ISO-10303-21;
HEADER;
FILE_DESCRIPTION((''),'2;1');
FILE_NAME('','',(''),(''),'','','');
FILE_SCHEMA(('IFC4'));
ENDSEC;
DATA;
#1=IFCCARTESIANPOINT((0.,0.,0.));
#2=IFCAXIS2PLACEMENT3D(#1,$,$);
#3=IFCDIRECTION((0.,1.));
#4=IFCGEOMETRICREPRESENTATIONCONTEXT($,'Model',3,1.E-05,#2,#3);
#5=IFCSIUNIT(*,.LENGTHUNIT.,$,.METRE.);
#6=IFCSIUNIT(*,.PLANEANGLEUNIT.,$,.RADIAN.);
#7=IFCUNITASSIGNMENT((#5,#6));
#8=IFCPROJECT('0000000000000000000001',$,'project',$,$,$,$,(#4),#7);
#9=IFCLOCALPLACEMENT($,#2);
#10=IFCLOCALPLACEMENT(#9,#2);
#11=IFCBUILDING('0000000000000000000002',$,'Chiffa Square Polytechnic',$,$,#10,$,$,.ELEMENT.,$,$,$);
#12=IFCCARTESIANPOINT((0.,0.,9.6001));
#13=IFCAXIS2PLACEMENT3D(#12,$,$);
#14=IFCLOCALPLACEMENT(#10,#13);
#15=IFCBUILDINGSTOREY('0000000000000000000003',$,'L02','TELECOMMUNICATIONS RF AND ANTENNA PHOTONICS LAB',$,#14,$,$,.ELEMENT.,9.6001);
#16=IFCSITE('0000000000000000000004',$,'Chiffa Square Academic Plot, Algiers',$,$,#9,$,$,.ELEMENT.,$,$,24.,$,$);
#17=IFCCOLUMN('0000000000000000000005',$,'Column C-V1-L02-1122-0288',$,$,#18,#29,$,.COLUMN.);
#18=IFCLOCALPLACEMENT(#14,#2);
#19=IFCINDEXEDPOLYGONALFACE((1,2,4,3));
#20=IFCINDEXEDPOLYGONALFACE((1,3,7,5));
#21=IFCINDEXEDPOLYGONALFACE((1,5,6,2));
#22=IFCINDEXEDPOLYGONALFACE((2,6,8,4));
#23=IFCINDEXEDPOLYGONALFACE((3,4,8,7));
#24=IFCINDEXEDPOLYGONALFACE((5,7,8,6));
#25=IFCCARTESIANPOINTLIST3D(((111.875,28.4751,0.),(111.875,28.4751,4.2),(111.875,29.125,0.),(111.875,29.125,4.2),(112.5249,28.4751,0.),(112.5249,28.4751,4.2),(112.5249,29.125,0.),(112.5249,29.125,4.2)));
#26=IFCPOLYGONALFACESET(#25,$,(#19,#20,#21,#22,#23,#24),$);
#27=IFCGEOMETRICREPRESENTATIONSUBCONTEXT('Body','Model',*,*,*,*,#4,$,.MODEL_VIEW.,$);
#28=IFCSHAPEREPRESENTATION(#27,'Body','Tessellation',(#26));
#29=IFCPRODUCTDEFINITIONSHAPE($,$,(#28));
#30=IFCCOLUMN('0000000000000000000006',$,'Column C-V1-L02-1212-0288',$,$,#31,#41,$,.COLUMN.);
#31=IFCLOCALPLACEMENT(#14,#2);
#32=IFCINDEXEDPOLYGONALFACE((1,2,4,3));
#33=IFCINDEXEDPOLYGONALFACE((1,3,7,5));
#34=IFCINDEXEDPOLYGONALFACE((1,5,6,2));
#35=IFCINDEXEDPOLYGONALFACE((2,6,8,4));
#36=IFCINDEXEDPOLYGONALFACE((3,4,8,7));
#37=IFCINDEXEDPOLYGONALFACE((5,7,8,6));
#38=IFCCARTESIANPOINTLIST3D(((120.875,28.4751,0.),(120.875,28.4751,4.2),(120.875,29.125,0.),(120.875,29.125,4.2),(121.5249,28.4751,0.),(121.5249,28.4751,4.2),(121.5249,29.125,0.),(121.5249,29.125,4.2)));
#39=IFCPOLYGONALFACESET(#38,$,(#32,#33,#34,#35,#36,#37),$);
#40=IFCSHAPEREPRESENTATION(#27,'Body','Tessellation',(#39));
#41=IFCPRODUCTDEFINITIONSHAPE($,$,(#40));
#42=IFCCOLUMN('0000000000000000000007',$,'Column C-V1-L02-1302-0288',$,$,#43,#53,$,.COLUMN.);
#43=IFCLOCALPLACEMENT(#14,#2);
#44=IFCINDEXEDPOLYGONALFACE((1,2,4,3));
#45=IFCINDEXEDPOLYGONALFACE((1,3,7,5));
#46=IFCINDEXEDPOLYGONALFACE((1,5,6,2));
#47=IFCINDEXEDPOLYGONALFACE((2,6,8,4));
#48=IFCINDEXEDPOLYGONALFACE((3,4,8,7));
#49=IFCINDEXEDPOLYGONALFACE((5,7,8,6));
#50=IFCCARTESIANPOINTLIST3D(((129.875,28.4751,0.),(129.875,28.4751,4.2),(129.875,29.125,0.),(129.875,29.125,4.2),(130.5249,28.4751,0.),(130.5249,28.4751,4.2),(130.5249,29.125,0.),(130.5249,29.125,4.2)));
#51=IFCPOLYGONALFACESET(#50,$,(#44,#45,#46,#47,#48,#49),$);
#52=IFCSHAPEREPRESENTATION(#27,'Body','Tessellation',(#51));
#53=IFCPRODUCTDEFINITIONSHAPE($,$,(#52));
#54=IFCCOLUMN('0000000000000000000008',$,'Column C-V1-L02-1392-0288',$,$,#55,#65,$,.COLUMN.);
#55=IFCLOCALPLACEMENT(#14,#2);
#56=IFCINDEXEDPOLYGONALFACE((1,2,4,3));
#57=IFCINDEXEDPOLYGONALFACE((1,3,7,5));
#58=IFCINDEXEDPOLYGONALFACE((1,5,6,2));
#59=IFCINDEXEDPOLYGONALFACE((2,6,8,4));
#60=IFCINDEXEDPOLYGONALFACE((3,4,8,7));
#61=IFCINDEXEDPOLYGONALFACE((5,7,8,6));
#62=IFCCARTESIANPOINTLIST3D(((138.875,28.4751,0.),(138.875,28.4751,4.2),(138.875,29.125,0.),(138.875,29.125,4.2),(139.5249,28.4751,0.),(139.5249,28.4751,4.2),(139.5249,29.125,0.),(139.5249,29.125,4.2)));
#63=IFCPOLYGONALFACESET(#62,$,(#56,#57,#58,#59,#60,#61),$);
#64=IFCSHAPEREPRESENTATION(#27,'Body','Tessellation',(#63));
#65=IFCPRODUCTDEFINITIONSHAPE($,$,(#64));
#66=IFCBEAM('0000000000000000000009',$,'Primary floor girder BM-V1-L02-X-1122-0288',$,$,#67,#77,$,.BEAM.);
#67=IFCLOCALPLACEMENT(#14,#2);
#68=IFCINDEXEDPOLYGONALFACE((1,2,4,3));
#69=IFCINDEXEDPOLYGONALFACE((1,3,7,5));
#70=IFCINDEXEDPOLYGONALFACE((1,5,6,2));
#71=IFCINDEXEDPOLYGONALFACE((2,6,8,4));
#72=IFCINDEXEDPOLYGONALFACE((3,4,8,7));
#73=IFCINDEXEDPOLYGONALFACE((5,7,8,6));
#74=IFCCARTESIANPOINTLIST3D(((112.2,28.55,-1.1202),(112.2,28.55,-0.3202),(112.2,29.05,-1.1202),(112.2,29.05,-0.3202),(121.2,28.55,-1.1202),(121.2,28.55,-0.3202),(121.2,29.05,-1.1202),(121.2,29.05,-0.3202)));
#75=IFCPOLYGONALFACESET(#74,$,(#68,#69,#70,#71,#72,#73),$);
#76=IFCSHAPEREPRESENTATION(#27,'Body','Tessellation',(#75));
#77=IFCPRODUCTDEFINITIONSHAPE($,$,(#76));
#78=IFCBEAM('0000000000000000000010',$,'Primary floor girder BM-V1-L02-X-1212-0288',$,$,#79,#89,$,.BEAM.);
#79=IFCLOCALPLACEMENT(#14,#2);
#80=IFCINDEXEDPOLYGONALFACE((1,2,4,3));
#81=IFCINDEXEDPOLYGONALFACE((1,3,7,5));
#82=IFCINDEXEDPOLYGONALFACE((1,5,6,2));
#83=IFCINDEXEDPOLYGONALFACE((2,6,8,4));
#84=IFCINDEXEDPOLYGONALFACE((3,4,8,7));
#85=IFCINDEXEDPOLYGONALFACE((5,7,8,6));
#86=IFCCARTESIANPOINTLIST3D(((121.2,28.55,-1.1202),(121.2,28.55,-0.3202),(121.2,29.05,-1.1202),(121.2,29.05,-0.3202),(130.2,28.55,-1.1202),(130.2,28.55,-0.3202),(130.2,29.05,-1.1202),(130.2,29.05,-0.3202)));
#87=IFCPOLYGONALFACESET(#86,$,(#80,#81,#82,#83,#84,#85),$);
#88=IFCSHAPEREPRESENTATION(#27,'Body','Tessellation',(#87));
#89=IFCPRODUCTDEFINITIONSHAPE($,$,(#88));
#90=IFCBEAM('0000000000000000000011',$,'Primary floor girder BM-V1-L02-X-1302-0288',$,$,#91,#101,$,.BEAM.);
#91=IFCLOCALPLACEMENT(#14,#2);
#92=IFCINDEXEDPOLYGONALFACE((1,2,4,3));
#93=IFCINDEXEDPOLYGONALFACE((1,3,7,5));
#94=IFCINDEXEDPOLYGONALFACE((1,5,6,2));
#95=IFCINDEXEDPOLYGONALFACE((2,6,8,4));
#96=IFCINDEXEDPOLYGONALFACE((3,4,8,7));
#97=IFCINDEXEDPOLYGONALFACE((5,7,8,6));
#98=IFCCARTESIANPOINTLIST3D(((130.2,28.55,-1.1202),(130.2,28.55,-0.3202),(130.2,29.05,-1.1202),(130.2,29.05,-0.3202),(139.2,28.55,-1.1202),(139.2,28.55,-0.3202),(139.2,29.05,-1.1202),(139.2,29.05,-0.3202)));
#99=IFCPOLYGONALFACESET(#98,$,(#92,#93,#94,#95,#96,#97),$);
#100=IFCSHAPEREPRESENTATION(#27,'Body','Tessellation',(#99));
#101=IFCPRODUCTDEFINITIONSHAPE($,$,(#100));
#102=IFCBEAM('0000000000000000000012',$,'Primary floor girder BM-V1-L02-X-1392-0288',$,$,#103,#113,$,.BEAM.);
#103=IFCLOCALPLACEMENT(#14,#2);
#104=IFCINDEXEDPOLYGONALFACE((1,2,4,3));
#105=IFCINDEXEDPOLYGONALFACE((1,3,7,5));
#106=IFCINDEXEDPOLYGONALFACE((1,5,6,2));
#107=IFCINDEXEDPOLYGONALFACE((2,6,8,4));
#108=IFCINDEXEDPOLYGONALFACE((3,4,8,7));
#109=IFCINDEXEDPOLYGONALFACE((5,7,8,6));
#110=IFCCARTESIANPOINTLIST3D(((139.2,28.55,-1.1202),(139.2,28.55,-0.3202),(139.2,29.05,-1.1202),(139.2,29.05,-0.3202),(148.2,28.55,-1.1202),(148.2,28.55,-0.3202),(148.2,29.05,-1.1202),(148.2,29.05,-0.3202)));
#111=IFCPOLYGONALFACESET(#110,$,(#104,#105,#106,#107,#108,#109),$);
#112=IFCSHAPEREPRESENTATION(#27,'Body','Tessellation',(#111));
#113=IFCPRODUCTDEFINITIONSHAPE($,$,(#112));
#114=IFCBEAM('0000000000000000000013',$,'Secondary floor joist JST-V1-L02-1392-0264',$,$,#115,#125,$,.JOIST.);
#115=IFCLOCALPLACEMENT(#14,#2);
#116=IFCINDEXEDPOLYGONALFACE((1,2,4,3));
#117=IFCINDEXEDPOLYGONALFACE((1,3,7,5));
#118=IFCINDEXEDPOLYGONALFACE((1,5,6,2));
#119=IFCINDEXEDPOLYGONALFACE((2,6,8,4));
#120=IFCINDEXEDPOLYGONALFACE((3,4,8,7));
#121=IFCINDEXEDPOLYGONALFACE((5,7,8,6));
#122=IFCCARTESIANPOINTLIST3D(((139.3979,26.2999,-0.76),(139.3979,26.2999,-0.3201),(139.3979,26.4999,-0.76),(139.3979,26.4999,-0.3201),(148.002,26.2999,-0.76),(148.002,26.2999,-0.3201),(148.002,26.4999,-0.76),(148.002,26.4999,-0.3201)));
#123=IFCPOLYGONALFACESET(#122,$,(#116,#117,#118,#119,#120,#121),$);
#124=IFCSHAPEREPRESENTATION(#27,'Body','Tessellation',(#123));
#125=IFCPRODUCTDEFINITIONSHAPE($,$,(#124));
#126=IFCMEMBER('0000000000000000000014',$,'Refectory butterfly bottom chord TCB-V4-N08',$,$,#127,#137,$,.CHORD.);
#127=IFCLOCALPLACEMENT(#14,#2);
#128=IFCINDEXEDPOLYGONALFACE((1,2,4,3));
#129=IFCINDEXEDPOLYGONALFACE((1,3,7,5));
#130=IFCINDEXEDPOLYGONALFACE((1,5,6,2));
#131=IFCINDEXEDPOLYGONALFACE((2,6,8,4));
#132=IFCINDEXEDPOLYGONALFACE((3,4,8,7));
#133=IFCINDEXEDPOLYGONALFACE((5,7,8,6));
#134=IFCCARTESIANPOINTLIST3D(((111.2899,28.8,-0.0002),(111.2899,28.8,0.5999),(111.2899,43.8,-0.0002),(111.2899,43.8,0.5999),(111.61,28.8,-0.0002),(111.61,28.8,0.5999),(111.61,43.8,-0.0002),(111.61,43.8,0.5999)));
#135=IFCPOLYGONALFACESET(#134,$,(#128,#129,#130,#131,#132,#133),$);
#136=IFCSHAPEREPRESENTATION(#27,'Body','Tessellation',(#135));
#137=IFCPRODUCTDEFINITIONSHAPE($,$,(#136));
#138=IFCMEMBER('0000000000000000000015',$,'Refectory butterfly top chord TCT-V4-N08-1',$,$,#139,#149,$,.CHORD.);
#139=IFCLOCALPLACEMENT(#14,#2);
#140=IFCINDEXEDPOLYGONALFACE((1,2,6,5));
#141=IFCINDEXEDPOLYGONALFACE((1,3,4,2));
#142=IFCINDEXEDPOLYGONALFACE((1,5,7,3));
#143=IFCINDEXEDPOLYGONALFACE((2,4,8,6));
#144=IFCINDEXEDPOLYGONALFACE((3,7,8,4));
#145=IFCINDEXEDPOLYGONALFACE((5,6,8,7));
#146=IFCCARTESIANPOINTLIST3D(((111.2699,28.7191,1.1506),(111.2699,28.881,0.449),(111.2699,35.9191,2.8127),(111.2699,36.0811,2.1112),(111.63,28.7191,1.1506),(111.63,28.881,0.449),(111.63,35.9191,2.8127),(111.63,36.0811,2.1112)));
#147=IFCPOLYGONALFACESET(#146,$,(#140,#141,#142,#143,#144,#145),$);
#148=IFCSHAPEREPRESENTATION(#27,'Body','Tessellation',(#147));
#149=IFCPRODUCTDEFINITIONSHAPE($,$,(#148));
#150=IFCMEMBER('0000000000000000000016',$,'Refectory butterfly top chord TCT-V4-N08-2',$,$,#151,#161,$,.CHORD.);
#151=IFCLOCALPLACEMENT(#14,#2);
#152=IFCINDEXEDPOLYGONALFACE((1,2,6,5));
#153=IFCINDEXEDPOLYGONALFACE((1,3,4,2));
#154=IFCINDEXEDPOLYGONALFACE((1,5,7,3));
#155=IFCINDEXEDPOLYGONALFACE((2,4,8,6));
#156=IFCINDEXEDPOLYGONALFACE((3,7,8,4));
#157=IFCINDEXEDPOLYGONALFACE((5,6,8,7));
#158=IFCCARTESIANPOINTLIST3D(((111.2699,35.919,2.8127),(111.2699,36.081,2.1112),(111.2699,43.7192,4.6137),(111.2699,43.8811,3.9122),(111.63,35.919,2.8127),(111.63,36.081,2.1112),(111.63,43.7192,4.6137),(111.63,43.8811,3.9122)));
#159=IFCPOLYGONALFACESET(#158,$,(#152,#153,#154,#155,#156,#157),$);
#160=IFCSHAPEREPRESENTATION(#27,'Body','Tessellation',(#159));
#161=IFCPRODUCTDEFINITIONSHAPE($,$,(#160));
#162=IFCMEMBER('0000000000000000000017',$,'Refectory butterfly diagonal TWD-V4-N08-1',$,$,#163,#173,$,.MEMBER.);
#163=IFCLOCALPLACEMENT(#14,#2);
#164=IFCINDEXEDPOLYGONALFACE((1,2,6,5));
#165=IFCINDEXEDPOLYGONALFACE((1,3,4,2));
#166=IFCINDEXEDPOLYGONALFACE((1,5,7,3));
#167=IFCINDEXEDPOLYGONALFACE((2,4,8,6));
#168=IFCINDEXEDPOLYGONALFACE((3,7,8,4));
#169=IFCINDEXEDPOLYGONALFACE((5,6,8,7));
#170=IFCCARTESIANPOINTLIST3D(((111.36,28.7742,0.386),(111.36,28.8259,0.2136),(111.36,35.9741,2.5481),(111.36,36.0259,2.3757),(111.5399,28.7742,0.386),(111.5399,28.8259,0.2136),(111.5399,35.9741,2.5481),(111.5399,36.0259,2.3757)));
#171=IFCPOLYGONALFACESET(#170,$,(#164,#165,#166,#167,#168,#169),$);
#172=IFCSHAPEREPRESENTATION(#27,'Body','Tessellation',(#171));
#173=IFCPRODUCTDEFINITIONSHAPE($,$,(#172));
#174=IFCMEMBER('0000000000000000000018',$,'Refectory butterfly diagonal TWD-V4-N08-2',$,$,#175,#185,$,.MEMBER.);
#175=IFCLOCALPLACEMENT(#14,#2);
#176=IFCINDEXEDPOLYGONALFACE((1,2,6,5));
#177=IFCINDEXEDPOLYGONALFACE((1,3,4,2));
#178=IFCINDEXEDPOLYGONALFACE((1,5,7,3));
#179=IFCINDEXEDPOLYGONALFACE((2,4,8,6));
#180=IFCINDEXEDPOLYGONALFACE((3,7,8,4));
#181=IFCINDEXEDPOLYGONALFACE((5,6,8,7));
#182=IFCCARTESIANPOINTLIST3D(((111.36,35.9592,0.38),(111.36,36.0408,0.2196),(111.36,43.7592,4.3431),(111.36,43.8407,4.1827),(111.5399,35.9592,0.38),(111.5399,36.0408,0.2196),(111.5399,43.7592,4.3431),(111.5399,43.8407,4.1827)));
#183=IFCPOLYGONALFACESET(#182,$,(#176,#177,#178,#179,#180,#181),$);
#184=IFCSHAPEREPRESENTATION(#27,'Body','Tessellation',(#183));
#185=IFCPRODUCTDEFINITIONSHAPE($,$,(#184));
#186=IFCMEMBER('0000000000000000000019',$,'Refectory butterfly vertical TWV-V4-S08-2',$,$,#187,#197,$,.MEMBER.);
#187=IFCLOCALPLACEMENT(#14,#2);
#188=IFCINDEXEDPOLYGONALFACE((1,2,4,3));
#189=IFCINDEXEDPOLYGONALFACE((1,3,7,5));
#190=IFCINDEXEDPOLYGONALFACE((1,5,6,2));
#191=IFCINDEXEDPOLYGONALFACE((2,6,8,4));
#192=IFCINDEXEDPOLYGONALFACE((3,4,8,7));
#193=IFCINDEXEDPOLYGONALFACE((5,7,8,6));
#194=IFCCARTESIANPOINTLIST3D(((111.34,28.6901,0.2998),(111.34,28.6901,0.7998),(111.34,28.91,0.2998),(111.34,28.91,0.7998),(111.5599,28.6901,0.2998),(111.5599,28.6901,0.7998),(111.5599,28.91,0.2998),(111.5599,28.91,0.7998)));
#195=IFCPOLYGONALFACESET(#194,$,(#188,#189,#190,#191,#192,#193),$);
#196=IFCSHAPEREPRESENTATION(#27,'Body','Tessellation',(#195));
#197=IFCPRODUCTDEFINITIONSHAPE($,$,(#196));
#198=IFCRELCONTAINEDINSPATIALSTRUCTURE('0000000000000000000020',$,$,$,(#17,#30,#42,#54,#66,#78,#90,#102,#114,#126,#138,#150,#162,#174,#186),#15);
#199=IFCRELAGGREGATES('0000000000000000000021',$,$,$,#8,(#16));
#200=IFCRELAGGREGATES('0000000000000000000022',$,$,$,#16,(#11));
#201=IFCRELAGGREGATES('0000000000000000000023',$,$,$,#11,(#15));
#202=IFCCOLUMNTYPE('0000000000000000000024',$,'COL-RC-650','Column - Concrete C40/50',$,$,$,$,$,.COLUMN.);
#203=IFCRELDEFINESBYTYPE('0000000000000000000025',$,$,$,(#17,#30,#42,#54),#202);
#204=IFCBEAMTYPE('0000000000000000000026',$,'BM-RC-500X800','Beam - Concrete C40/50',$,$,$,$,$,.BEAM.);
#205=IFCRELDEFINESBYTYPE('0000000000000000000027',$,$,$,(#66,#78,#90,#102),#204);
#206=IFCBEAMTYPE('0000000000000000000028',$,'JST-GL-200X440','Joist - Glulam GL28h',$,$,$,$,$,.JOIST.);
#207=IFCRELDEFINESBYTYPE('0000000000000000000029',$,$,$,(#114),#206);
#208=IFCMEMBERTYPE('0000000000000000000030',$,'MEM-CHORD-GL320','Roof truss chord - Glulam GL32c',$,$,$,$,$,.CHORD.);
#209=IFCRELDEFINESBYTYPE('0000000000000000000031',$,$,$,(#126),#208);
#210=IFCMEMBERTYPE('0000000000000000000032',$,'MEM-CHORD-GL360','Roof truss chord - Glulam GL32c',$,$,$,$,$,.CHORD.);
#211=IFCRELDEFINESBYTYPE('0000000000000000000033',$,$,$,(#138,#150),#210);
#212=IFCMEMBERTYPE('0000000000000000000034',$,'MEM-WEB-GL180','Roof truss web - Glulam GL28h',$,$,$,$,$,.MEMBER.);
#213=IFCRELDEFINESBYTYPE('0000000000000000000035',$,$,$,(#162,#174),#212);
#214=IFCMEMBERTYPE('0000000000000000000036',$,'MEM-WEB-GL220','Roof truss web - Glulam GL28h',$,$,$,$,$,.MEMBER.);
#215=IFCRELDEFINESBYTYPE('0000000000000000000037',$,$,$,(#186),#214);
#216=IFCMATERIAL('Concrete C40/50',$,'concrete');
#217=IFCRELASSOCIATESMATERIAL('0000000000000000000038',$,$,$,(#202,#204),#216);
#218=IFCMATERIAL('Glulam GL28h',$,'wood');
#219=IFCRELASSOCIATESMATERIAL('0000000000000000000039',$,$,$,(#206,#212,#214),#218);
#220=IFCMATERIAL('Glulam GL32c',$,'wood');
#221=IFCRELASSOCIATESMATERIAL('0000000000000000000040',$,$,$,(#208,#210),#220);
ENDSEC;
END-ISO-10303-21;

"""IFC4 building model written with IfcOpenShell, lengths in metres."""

from ifc_helpers import new_model, si_unit, direction, frame, origin, origin_2d, place, context, subcontext, project, spatial, rectangle, extrude, material, material_profile, profile_set, type_object, element, save


model = new_model("IFC4")

# Units and contexts
model_context = context("Model", 3, precision=1e-05, world=origin(), true_north=direction((0.0, 1.0)))
body_context = subcontext(model_context, "Body", "Model", "MODEL_VIEW")
ifc_project = project(units=[si_unit("LENGTHUNIT", "METRE"), si_unit("PLANEANGLEUNIT", "RADIAN")], contexts=[model_context])

# Site, building, storey
site_placement = place(None, origin())
site = spatial("IfcSite", under=ifc_project, at=site_placement, Name="Chiffa Square Academic Plot, Algiers", CompositionType="ELEMENT", RefElevation=24.0)
building_placement = place(site_placement, origin())
building = spatial("IfcBuilding", under=site, at=building_placement, Name="Chiffa Square Polytechnic", CompositionType="ELEMENT")
storey_placement = place(building_placement, frame((0.0, 0.0, 9.6001)))
storey = spatial("IfcBuildingStorey", under=building, at=storey_placement, Name="L02", Description="TELECOMMUNICATIONS RF AND ANTENNA PHOTONICS LAB", CompositionType="ELEMENT", Elevation=9.6001)

# Columns
ifc_material_1 = material(Name="Concrete C40/50", Category="concrete")
ifc_material_profile_1 = material_profile(ifc_material_1, rectangle(XDim=0.6499, YDim=0.6499, at=origin_2d()), Name="RC 650x650")
ifc_profile_set_1 = profile_set([ifc_material_profile_1], Name="Concrete C40/50")
column_type = type_object("IfcColumnType", Name="COL-RC-650", Description="Column - Concrete C40/50", PredefinedType="COLUMN", material=ifc_profile_set_1)
for number, where, z_axis, x_axis, name in (
    (1, (112.2, 28.8, 0.0), (0.0, 0.0, 1.0), (1.0, 0.0, 0.0), "Column C-V1-L02-1122-0288"),
    (2, (121.2, 28.8, 0.0), (0.0, 0.0, 1.0), (1.0, 0.0, 0.0), "Column C-V1-L02-1212-0288"),
    (3, (130.2, 28.8, 0.0), (0.0, 0.0, 1.0), (1.0, 0.0, 0.0), "Column C-V1-L02-1302-0288"),
    (4, (139.2, 28.8, 0.0), (0.0, 0.0, 1.0), (1.0, 0.0, 0.0), "Column C-V1-L02-1392-0288"),
):
    element("IfcColumn", number, at=place(storey_placement, frame(where, z_axis=z_axis, x_axis=x_axis)), inside=storey, type_object=column_type, Name=name, PredefinedType="COLUMN", context=body_context, shape_type="SweptSolid", body=[
        extrude(rectangle(XDim=0.6499, YDim=0.6499, at=origin_2d()), origin(), (0.0, 0.0, 1.0), 4.2),
    ])

# Beams
ifc_material_profile_2 = material_profile(ifc_material_1, rectangle(XDim=0.5, YDim=0.8, at=origin_2d()), Name="RC 500x800")
ifc_profile_set_2 = profile_set([ifc_material_profile_2], Name="Concrete C40/50")
beam_type_1 = type_object("IfcBeamType", Name="BM-RC-500X800", Description="Beam - Concrete C40/50", PredefinedType="BEAM", material=ifc_profile_set_2)
for number, where, z_axis, x_axis, name in (
    (5, (112.2, 28.8, -0.7202), (1.0, 0.0, 0.0), (0.0, 1.0, 0.0), "Primary floor girder BM-V1-L02-X-1122-0288"),
    (6, (121.2, 28.8, -0.7202), (1.0, 0.0, 0.0), (0.0, 1.0, 0.0), "Primary floor girder BM-V1-L02-X-1212-0288"),
    (7, (130.2, 28.8, -0.7202), (1.0, 0.0, 0.0), (0.0, 1.0, 0.0), "Primary floor girder BM-V1-L02-X-1302-0288"),
    (8, (139.2, 28.8, -0.7202), (1.0, 0.0, 0.0), (0.0, 1.0, 0.0), "Primary floor girder BM-V1-L02-X-1392-0288"),
):
    element("IfcBeam", number, at=place(storey_placement, frame(where, z_axis=z_axis, x_axis=x_axis)), inside=storey, type_object=beam_type_1, Name=name, PredefinedType="BEAM", context=body_context, shape_type="SweptSolid", body=[
        extrude(rectangle(XDim=0.5, YDim=0.8, at=origin_2d()), origin(), (0.0, 0.0, 1.0), 9.0),
    ])
ifc_material_2 = material(Name="Glulam GL28h", Category="wood")
ifc_material_profile_3 = material_profile(ifc_material_2, rectangle(XDim=0.2, YDim=0.4399, at=origin_2d()), Name="GL28h 200x440")
ifc_profile_set_3 = profile_set([ifc_material_profile_3], Name="Glulam GL28h")
beam_type_2 = type_object("IfcBeamType", Name="JST-GL-200X440", Description="Joist - Glulam GL28h", PredefinedType="JOIST", material=ifc_profile_set_3)
beam_placement = place(storey_placement, frame((139.3979, 26.3999, -0.54), z_axis=(1.0, 0.0, 0.0), x_axis=(0.0, 1.0, 0.0)))
element("IfcBeam", 9, at=beam_placement, inside=storey, type_object=beam_type_2, Name="Secondary floor joist JST-V1-L02-1392-0264", PredefinedType="JOIST", context=body_context, shape_type="SweptSolid", body=[
    extrude(rectangle(XDim=0.2, YDim=0.4399, at=origin_2d()), origin(), (0.0, 0.0, 1.0), 8.604),
])

# Members
ifc_material_3 = material(Name="Glulam GL32c", Category="wood")
ifc_material_profile_4 = material_profile(ifc_material_3, rectangle(XDim=0.3201, YDim=0.6001, at=origin_2d()), Name="GL32c 320x600")
ifc_profile_set_4 = profile_set([ifc_material_profile_4], Name="Glulam GL32c")
member_type_1 = type_object("IfcMemberType", Name="MEM-CHORD-GL320", Description="Roof truss chord - Glulam GL32c", PredefinedType="CHORD", material=ifc_profile_set_4)
member_1_placement = place(storey_placement, frame((111.45, 28.8, 0.2998), z_axis=(0.0, 1.0, 0.0), x_axis=(-1.0, 0.0, 0.0)))
element("IfcMember", 10, at=member_1_placement, inside=storey, type_object=member_type_1, Name="Refectory butterfly bottom chord TCB-V4-N08", PredefinedType="CHORD", context=body_context, shape_type="SweptSolid", body=[
    extrude(rectangle(XDim=0.3201, YDim=0.6001, at=origin_2d()), origin(), (0.0, 0.0, 1.0), 15.0),
])
ifc_material_profile_5 = material_profile(ifc_material_3, rectangle(XDim=0.3601, YDim=0.72, at=origin_2d()), Name="GL32c 360x720")
ifc_profile_set_5 = profile_set([ifc_material_profile_5], Name="Glulam GL32c")
member_type_2 = type_object("IfcMemberType", Name="MEM-CHORD-GL360", Description="Roof truss chord - Glulam GL32c", PredefinedType="CHORD", material=ifc_profile_set_5)
member_2_placement = place(storey_placement, frame((111.45, 28.8, 0.7998), z_axis=(0.0, 0.974374, 0.224934), x_axis=(-1.0, 0.0, 0.0)))
element("IfcMember", 11, at=member_2_placement, inside=storey, type_object=member_type_2, Name="Refectory butterfly top chord TCT-V4-N08-1", PredefinedType="CHORD", context=body_context, shape_type="SweptSolid", body=[
    extrude(rectangle(XDim=0.3601, YDim=0.72, at=origin_2d()), origin(), (0.0, 0.0, 1.0), 7.3894),
])
member_3_placement = place(storey_placement, frame((111.45, 36.0, 2.4619), z_axis=(0.0, 0.974363, 0.22498), x_axis=(-1.0, 0.0, 0.0)))
element("IfcMember", 12, at=member_3_placement, inside=storey, type_object=member_type_2, Name="Refectory butterfly top chord TCT-V4-N08-2", PredefinedType="CHORD", context=body_context, shape_type="SweptSolid", body=[
    extrude(rectangle(XDim=0.3601, YDim=0.72, at=origin_2d()), origin(), (0.0, 0.0, 1.0), 8.0054),
])
ifc_material_profile_6 = material_profile(ifc_material_2, rectangle(XDim=0.1799, YDim=0.1799, at=origin_2d()), Name="GL28h 180x180")
ifc_profile_set_6 = profile_set([ifc_material_profile_6], Name="Glulam GL28h")
member_type_3 = type_object("IfcMemberType", Name="MEM-WEB-GL180", Description="Roof truss web - Glulam GL28h", PredefinedType="MEMBER", material=ifc_profile_set_6)
member_4_placement = place(storey_placement, frame((111.45, 28.8, 0.2998), z_axis=(0.0, 0.957748, 0.287607), x_axis=(-1.0, 0.0, 0.0)))
element("IfcMember", 13, at=member_4_placement, inside=storey, type_object=member_type_3, Name="Refectory butterfly diagonal TWD-V4-N08-1", PredefinedType="MEMBER", context=body_context, shape_type="SweptSolid", body=[
    extrude(rectangle(XDim=0.1799, YDim=0.1799, at=origin_2d()), origin(), (0.0, 0.0, 1.0), 7.5176),
])
member_5_placement = place(storey_placement, frame((111.45, 36.0, 0.2998), z_axis=(0.0, 0.891523, 0.452975), x_axis=(-1.0, 0.0, 0.0)))
element("IfcMember", 14, at=member_5_placement, inside=storey, type_object=member_type_3, Name="Refectory butterfly diagonal TWD-V4-N08-2", PredefinedType="MEMBER", context=body_context, shape_type="SweptSolid", body=[
    extrude(rectangle(XDim=0.1799, YDim=0.1799, at=origin_2d()), origin(), (0.0, 0.0, 1.0), 8.749),
])
ifc_material_profile_7 = material_profile(ifc_material_2, rectangle(XDim=0.22, YDim=0.22, at=origin_2d()), Name="GL28h 220x220")
ifc_profile_set_7 = profile_set([ifc_material_profile_7], Name="Glulam GL28h")
member_type_4 = type_object("IfcMemberType", Name="MEM-WEB-GL220", Description="Roof truss web - Glulam GL28h", PredefinedType="MEMBER", material=ifc_profile_set_7)
member_6_placement = place(storey_placement, frame((111.45, 28.8, 0.2998), z_axis=(0.0, 0.0, 1.0), x_axis=(1.0, 0.0, 0.0)))
element("IfcMember", 15, at=member_6_placement, inside=storey, type_object=member_type_4, Name="Refectory butterfly vertical TWV-V4-S08-2", PredefinedType="MEMBER", context=body_context, shape_type="SweptSolid", body=[
    extrude(rectangle(XDim=0.22, YDim=0.22, at=origin_2d()), origin(), (0.0, 0.0, 1.0), 0.5),
])

save(model, "model.ifc")
